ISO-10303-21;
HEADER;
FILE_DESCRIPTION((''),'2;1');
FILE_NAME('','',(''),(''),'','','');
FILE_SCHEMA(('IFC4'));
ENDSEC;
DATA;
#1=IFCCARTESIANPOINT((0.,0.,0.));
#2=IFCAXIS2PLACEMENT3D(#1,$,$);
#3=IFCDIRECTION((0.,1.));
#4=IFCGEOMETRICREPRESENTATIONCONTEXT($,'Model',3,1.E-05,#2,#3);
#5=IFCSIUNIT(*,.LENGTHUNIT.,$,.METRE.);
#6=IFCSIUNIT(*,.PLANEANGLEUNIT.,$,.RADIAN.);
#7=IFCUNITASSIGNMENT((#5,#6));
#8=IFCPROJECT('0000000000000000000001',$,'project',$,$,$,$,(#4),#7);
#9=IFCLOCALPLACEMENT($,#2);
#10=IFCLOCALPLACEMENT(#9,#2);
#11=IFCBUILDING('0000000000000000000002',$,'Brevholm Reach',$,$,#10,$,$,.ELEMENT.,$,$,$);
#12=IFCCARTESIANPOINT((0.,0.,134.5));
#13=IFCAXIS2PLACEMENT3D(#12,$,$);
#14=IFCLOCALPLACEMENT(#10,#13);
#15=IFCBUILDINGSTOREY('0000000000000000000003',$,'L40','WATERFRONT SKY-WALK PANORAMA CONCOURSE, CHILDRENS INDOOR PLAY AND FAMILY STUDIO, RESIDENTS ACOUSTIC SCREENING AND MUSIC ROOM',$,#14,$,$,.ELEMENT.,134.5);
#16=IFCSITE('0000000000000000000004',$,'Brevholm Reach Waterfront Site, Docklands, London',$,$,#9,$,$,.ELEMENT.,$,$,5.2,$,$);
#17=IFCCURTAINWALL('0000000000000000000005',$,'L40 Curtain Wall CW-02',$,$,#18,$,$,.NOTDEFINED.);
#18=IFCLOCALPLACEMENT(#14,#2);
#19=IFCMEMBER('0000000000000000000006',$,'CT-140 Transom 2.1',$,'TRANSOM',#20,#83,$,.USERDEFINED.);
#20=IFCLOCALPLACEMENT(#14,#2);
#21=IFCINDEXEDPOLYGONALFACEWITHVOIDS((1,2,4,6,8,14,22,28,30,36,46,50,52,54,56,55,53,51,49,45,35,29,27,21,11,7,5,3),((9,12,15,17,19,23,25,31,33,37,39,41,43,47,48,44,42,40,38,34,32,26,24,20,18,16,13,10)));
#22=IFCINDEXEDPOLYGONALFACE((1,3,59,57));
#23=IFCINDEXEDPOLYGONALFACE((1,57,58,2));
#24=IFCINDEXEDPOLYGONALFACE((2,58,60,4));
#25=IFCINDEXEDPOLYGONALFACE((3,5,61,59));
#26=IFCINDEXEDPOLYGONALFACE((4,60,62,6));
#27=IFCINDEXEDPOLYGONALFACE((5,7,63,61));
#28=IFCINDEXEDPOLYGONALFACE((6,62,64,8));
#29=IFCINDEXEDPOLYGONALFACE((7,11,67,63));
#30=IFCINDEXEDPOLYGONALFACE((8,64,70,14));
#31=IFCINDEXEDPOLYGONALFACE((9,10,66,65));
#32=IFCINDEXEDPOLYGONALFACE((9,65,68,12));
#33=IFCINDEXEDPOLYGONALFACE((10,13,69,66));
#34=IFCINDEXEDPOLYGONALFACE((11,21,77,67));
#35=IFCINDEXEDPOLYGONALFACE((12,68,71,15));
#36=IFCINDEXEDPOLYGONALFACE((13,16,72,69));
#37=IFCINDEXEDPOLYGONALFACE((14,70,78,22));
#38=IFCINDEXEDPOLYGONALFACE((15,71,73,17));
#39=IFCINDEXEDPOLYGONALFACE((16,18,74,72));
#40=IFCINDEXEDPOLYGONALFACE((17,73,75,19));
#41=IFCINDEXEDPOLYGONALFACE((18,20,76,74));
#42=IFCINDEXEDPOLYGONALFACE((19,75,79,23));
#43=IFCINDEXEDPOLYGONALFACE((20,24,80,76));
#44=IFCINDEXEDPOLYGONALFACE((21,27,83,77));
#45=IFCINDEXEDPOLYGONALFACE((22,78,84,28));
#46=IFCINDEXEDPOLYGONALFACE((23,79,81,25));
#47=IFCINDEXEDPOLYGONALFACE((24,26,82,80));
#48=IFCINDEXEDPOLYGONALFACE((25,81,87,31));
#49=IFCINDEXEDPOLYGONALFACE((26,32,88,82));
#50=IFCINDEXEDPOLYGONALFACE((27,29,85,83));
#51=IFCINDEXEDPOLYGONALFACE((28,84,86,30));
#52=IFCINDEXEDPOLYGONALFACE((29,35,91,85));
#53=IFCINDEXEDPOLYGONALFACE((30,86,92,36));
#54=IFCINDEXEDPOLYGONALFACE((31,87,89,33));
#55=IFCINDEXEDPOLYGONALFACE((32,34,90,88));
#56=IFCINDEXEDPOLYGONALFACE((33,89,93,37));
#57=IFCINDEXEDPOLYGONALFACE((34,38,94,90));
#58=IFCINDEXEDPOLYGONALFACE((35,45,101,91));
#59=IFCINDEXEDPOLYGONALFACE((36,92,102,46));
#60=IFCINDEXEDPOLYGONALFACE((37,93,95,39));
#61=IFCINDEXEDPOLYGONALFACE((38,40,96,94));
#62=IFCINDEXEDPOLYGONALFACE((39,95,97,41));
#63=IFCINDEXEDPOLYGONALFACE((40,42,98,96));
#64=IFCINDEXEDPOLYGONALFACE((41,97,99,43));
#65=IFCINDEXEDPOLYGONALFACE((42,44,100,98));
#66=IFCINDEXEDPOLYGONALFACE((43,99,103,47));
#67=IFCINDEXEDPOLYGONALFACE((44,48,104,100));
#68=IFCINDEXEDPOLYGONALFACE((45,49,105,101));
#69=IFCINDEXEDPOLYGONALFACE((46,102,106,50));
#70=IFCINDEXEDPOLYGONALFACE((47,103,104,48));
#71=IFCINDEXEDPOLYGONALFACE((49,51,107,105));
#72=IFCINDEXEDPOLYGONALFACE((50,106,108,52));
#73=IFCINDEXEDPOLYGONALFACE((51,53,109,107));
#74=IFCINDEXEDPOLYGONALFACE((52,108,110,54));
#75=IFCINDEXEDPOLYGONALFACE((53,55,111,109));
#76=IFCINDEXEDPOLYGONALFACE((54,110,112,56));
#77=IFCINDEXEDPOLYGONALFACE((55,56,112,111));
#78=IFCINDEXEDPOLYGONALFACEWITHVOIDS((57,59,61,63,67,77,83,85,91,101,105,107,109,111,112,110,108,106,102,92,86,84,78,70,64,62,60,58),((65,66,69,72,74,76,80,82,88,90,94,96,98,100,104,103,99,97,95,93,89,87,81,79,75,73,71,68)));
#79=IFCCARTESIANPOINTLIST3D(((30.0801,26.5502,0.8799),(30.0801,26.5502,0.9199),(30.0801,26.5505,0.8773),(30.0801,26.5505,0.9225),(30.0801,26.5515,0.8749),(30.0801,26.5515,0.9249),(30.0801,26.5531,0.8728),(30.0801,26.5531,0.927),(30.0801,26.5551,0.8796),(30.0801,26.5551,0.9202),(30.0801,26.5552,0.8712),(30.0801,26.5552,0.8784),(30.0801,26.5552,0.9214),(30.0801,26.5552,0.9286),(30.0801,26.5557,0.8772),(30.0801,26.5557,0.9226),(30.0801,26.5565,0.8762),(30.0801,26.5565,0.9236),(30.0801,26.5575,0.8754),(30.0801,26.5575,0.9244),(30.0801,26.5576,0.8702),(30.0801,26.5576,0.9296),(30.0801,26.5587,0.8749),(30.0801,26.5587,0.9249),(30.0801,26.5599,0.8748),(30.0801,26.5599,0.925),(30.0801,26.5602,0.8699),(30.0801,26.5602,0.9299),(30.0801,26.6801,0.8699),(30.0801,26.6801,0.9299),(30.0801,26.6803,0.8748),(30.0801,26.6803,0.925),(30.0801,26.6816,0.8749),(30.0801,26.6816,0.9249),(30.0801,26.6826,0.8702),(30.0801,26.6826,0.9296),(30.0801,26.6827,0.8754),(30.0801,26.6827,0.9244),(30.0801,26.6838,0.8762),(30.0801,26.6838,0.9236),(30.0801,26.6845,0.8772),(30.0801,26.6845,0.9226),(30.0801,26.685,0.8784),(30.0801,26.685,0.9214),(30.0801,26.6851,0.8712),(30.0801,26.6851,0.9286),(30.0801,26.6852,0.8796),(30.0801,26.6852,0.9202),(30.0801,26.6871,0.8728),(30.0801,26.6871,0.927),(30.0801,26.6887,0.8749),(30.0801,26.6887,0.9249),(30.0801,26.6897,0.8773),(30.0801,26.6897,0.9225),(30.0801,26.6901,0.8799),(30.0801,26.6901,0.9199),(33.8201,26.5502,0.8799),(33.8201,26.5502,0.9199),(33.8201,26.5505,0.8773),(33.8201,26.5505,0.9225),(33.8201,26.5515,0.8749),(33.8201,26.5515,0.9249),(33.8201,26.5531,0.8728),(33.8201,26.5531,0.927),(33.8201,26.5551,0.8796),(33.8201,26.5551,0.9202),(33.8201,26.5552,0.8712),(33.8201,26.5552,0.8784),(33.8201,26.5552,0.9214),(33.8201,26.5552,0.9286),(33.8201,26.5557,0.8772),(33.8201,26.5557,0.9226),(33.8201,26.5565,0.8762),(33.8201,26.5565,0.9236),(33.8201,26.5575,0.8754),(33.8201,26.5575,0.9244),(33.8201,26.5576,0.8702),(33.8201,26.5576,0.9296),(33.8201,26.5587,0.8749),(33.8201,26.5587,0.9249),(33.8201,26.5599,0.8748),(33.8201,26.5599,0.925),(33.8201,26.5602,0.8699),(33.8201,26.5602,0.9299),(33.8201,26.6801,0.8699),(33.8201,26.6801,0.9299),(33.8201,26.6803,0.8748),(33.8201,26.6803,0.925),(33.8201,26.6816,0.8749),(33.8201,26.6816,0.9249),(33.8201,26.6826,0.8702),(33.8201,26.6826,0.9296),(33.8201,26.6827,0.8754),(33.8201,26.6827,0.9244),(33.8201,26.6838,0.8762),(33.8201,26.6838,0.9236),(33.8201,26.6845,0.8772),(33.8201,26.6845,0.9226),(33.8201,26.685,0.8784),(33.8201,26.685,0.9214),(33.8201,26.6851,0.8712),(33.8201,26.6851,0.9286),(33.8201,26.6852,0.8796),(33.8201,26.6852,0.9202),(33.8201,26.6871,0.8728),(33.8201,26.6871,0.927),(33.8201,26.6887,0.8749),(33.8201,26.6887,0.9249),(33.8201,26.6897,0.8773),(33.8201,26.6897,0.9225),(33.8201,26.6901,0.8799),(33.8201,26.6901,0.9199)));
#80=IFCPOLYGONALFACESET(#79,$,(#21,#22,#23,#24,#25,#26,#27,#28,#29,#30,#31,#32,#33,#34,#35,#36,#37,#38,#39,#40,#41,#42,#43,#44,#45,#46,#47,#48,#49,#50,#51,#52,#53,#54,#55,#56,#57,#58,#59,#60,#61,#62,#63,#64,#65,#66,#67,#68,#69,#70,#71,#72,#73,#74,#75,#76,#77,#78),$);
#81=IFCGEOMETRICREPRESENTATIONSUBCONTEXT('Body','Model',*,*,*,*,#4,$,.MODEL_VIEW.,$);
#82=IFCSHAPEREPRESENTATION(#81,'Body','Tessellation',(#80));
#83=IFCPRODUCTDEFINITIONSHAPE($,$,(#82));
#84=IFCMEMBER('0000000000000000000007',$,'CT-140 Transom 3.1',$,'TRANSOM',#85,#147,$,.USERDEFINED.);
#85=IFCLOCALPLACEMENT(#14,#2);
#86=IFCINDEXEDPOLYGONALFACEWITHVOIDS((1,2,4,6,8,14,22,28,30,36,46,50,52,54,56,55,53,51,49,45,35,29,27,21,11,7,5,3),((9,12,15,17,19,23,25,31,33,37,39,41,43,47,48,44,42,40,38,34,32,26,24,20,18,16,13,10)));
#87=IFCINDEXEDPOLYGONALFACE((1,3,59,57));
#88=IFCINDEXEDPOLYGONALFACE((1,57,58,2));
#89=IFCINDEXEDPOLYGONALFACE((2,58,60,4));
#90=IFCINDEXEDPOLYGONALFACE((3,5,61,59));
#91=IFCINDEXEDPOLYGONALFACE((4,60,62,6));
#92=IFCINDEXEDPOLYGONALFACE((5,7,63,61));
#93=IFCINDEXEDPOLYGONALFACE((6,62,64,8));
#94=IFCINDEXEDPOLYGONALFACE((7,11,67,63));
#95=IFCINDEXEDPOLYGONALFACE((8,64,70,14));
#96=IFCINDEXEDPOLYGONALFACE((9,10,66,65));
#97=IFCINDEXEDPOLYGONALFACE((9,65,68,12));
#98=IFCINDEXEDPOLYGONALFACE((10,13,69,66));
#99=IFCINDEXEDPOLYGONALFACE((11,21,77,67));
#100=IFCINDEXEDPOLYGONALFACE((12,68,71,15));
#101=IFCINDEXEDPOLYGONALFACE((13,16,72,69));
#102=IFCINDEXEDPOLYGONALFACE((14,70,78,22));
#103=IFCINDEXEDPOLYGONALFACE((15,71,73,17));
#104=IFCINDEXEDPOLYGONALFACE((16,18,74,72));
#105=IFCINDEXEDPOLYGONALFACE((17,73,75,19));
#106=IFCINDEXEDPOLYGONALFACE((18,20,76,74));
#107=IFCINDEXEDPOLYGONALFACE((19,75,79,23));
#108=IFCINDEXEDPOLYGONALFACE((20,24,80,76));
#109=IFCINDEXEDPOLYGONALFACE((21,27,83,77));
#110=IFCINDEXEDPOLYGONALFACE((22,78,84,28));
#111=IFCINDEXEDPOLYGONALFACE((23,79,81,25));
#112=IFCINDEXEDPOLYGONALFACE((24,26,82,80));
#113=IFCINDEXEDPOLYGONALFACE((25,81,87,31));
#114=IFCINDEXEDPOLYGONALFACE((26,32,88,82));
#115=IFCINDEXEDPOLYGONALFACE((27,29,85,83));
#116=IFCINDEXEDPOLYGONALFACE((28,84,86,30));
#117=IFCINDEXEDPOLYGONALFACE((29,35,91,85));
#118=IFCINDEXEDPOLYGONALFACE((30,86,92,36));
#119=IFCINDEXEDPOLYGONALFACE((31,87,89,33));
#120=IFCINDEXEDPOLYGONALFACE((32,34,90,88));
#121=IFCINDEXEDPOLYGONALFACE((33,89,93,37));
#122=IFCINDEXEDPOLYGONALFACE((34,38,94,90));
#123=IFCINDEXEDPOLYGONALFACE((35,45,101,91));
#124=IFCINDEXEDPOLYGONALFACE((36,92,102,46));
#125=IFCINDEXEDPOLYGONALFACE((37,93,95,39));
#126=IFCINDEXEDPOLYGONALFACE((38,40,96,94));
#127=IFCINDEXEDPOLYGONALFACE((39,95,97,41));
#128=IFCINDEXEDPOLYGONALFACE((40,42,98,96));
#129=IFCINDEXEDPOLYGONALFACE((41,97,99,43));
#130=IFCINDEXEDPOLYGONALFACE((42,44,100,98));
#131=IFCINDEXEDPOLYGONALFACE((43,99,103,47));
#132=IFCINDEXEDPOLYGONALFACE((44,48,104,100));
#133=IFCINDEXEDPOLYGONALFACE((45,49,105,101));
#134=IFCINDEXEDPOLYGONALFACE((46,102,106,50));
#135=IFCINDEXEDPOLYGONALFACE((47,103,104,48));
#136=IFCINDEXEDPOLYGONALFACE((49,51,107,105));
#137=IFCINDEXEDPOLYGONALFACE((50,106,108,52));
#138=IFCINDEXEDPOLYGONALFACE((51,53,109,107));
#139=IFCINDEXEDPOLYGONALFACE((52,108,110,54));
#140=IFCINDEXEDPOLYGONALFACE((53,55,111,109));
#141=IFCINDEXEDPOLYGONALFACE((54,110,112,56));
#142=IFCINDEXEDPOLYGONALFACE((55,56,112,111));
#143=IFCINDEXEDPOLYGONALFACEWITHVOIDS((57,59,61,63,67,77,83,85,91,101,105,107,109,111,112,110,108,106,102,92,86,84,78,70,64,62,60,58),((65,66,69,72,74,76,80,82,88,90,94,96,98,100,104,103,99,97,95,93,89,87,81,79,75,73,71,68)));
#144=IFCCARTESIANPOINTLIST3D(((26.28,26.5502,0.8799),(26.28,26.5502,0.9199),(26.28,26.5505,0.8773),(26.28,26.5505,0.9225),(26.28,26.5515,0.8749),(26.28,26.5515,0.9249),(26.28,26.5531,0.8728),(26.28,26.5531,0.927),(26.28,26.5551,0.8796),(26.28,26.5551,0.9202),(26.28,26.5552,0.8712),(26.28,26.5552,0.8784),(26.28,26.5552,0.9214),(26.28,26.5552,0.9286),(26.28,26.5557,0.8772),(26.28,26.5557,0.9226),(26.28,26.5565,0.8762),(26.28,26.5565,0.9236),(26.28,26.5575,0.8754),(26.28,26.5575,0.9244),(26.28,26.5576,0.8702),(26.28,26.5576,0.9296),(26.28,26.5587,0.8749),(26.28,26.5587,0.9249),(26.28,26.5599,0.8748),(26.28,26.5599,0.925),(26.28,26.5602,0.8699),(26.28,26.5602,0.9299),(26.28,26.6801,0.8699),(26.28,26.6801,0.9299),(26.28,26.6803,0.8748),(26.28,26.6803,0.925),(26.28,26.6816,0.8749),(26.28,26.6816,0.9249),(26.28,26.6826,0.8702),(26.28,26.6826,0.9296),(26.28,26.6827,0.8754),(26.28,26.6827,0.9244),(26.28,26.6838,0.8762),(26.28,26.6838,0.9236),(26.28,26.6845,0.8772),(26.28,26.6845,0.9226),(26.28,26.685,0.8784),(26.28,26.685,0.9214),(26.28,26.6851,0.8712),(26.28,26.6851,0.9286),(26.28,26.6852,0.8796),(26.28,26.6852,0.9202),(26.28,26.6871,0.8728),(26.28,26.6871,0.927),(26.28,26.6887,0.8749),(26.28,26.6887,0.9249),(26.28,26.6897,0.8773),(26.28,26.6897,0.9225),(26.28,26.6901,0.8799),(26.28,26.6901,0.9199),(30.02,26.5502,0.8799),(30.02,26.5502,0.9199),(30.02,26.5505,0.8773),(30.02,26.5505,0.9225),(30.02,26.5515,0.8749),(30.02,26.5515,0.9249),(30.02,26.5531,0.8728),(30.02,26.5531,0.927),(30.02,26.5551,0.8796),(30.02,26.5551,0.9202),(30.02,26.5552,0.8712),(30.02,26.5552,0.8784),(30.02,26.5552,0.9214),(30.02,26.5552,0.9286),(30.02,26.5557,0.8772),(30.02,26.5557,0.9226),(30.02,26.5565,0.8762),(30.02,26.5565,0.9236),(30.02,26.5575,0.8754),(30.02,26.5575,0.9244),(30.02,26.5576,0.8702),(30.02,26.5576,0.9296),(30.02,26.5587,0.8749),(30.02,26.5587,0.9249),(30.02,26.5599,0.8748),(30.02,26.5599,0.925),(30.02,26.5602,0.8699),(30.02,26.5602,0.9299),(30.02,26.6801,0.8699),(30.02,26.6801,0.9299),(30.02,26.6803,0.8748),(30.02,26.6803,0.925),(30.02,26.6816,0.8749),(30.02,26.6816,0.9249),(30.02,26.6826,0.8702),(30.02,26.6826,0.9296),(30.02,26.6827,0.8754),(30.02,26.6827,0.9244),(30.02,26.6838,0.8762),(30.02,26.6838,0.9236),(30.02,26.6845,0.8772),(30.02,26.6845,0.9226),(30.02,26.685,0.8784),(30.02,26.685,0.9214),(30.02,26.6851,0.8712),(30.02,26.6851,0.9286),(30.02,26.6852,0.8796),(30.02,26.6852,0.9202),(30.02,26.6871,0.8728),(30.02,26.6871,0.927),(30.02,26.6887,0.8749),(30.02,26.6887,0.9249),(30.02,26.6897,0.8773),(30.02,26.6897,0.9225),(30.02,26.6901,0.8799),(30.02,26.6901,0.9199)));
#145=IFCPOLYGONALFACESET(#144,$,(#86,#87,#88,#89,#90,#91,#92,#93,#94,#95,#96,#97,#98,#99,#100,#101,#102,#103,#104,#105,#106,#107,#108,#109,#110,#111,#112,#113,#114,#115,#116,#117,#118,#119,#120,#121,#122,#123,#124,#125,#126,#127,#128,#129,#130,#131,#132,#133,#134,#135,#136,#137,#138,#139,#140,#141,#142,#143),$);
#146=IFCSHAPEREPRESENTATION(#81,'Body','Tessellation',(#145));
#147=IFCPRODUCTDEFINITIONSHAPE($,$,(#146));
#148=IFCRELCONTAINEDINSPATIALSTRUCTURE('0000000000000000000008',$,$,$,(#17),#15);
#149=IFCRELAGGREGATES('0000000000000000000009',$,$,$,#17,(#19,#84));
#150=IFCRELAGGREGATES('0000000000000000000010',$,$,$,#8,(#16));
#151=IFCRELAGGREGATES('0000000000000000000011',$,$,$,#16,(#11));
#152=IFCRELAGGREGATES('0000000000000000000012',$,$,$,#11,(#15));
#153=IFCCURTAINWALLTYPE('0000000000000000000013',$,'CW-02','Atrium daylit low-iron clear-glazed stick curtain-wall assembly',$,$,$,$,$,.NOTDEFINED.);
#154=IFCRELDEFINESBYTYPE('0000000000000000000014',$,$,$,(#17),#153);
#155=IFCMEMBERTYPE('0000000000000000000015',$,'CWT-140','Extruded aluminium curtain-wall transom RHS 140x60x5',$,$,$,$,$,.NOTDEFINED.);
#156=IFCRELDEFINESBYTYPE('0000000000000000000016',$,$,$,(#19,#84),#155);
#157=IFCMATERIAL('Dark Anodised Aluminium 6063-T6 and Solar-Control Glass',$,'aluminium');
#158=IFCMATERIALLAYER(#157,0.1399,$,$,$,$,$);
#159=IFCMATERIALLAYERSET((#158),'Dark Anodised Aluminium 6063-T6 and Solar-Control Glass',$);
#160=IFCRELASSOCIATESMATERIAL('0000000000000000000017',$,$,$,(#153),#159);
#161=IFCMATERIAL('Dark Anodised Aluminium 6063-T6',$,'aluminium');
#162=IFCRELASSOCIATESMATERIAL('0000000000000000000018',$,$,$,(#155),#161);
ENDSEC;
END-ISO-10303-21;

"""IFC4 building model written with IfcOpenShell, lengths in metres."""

from ifc_helpers import new_model, si_unit, direction, frame, origin, origin_2d, place, context, subcontext, project, spatial, hollow_rectangle, extrude, material, layer, layer_set, material_profile, profile_set, type_object, element, aggregate, save


model = new_model("IFC4")

# Units and contexts
model_context = context("Model", 3, precision=1e-05, world=origin(), true_north=direction((0.0, 1.0)))
body_context = subcontext(model_context, "Body", "Model", "MODEL_VIEW")
ifc_project = project(units=[si_unit("LENGTHUNIT", "METRE"), si_unit("PLANEANGLEUNIT", "RADIAN")], contexts=[model_context])

# Site, building, storey
site_placement = place(None, origin())
site = spatial("IfcSite", under=ifc_project, at=site_placement, Name="Brevholm Reach Waterfront Site, Docklands, London", CompositionType="ELEMENT", RefElevation=5.2)
building_placement = place(site_placement, origin())
building = spatial("IfcBuilding", under=site, at=building_placement, Name="Brevholm Reach", CompositionType="ELEMENT")
storey_placement = place(building_placement, frame((0.0, 0.0, 134.5)))
storey = spatial("IfcBuildingStorey", under=building, at=storey_placement, Name="L40", Description="WATERFRONT SKY-WALK PANORAMA CONCOURSE, CHILDRENS INDOOR PLAY AND FAMILY STUDIO, RESIDENTS ACOUSTIC SCREENING AND MUSIC ROOM", CompositionType="ELEMENT", Elevation=134.5)

# Curtain wall
ifc_material_1 = material(Name="Dark Anodised Aluminium 6063-T6 and Solar-Control Glass", Category="aluminium")
ifc_layer_1 = layer(ifc_material_1, 0.1399)
ifc_layer_set_1 = layer_set([ifc_layer_1], Name="Dark Anodised Aluminium 6063-T6 and Solar-Control Glass")
curtain_wall_type_1 = type_object("IfcCurtainWallType", Name="CW-02", Description="Atrium daylit low-iron clear-glazed stick curtain-wall assembly", PredefinedType="NOTDEFINED", material=ifc_layer_set_1)
curtain_wall_1_placement = place(storey_placement, origin())
curtain_wall_1 = element("IfcCurtainWall", 1, at=curtain_wall_1_placement, inside=storey, type_object=curtain_wall_type_1, Name="L40 Curtain Wall CW-02", PredefinedType="NOTDEFINED")

# Members
ifc_material_2 = material(Name="Dark Anodised Aluminium 6063-T6", Category="aluminium")
ifc_material_profile_1 = material_profile(ifc_material_2, hollow_rectangle(XDim=0.0601, YDim=0.1399, WallThickness=0.0049, InnerFilletRadius=0.0049, OuterFilletRadius=0.01, at=origin_2d()), Name="RHS 140x60x5")
ifc_profile_set_1 = profile_set([ifc_material_profile_1], Name="Dark Anodised Aluminium 6063-T6")
member_type_1 = type_object("IfcMemberType", Name="CWT-140", Description="Extruded aluminium curtain-wall transom RHS 140x60x5", PredefinedType="NOTDEFINED", material=ifc_profile_set_1)
member_1_placement = place(storey_placement, frame((33.8201, 26.6201, 0.8999), z_axis=(-1.0, 0.0, 0.0), x_axis=(0.0, 0.0, 1.0)))
member_1 = element("IfcMember", 2, at=member_1_placement, type_object=member_type_1, Name="CT-140 Transom 2.1", ObjectType="TRANSOM", PredefinedType="USERDEFINED", context=body_context, shape_type="SweptSolid", body=[
    extrude(hollow_rectangle(XDim=0.0601, YDim=0.1399, WallThickness=0.0049, InnerFilletRadius=0.0049, OuterFilletRadius=0.01, at=origin_2d()), origin(), (0.0, 0.0, 1.0), 3.74),
])
member_2_placement = place(storey_placement, frame((30.02, 26.6201, 0.8999), z_axis=(-1.0, 0.0, 0.0), x_axis=(0.0, 0.0, 1.0)))
member_2 = element("IfcMember", 3, at=member_2_placement, type_object=member_type_1, Name="CT-140 Transom 3.1", ObjectType="TRANSOM", PredefinedType="USERDEFINED", context=body_context, shape_type="SweptSolid", body=[
    extrude(hollow_rectangle(XDim=0.0601, YDim=0.1399, WallThickness=0.0049, InnerFilletRadius=0.0049, OuterFilletRadius=0.01, at=origin_2d()), origin(), (0.0, 0.0, 1.0), 3.74),
])

aggregate(curtain_wall_1, [member_1, member_2])

save(model, "model.ifc")
